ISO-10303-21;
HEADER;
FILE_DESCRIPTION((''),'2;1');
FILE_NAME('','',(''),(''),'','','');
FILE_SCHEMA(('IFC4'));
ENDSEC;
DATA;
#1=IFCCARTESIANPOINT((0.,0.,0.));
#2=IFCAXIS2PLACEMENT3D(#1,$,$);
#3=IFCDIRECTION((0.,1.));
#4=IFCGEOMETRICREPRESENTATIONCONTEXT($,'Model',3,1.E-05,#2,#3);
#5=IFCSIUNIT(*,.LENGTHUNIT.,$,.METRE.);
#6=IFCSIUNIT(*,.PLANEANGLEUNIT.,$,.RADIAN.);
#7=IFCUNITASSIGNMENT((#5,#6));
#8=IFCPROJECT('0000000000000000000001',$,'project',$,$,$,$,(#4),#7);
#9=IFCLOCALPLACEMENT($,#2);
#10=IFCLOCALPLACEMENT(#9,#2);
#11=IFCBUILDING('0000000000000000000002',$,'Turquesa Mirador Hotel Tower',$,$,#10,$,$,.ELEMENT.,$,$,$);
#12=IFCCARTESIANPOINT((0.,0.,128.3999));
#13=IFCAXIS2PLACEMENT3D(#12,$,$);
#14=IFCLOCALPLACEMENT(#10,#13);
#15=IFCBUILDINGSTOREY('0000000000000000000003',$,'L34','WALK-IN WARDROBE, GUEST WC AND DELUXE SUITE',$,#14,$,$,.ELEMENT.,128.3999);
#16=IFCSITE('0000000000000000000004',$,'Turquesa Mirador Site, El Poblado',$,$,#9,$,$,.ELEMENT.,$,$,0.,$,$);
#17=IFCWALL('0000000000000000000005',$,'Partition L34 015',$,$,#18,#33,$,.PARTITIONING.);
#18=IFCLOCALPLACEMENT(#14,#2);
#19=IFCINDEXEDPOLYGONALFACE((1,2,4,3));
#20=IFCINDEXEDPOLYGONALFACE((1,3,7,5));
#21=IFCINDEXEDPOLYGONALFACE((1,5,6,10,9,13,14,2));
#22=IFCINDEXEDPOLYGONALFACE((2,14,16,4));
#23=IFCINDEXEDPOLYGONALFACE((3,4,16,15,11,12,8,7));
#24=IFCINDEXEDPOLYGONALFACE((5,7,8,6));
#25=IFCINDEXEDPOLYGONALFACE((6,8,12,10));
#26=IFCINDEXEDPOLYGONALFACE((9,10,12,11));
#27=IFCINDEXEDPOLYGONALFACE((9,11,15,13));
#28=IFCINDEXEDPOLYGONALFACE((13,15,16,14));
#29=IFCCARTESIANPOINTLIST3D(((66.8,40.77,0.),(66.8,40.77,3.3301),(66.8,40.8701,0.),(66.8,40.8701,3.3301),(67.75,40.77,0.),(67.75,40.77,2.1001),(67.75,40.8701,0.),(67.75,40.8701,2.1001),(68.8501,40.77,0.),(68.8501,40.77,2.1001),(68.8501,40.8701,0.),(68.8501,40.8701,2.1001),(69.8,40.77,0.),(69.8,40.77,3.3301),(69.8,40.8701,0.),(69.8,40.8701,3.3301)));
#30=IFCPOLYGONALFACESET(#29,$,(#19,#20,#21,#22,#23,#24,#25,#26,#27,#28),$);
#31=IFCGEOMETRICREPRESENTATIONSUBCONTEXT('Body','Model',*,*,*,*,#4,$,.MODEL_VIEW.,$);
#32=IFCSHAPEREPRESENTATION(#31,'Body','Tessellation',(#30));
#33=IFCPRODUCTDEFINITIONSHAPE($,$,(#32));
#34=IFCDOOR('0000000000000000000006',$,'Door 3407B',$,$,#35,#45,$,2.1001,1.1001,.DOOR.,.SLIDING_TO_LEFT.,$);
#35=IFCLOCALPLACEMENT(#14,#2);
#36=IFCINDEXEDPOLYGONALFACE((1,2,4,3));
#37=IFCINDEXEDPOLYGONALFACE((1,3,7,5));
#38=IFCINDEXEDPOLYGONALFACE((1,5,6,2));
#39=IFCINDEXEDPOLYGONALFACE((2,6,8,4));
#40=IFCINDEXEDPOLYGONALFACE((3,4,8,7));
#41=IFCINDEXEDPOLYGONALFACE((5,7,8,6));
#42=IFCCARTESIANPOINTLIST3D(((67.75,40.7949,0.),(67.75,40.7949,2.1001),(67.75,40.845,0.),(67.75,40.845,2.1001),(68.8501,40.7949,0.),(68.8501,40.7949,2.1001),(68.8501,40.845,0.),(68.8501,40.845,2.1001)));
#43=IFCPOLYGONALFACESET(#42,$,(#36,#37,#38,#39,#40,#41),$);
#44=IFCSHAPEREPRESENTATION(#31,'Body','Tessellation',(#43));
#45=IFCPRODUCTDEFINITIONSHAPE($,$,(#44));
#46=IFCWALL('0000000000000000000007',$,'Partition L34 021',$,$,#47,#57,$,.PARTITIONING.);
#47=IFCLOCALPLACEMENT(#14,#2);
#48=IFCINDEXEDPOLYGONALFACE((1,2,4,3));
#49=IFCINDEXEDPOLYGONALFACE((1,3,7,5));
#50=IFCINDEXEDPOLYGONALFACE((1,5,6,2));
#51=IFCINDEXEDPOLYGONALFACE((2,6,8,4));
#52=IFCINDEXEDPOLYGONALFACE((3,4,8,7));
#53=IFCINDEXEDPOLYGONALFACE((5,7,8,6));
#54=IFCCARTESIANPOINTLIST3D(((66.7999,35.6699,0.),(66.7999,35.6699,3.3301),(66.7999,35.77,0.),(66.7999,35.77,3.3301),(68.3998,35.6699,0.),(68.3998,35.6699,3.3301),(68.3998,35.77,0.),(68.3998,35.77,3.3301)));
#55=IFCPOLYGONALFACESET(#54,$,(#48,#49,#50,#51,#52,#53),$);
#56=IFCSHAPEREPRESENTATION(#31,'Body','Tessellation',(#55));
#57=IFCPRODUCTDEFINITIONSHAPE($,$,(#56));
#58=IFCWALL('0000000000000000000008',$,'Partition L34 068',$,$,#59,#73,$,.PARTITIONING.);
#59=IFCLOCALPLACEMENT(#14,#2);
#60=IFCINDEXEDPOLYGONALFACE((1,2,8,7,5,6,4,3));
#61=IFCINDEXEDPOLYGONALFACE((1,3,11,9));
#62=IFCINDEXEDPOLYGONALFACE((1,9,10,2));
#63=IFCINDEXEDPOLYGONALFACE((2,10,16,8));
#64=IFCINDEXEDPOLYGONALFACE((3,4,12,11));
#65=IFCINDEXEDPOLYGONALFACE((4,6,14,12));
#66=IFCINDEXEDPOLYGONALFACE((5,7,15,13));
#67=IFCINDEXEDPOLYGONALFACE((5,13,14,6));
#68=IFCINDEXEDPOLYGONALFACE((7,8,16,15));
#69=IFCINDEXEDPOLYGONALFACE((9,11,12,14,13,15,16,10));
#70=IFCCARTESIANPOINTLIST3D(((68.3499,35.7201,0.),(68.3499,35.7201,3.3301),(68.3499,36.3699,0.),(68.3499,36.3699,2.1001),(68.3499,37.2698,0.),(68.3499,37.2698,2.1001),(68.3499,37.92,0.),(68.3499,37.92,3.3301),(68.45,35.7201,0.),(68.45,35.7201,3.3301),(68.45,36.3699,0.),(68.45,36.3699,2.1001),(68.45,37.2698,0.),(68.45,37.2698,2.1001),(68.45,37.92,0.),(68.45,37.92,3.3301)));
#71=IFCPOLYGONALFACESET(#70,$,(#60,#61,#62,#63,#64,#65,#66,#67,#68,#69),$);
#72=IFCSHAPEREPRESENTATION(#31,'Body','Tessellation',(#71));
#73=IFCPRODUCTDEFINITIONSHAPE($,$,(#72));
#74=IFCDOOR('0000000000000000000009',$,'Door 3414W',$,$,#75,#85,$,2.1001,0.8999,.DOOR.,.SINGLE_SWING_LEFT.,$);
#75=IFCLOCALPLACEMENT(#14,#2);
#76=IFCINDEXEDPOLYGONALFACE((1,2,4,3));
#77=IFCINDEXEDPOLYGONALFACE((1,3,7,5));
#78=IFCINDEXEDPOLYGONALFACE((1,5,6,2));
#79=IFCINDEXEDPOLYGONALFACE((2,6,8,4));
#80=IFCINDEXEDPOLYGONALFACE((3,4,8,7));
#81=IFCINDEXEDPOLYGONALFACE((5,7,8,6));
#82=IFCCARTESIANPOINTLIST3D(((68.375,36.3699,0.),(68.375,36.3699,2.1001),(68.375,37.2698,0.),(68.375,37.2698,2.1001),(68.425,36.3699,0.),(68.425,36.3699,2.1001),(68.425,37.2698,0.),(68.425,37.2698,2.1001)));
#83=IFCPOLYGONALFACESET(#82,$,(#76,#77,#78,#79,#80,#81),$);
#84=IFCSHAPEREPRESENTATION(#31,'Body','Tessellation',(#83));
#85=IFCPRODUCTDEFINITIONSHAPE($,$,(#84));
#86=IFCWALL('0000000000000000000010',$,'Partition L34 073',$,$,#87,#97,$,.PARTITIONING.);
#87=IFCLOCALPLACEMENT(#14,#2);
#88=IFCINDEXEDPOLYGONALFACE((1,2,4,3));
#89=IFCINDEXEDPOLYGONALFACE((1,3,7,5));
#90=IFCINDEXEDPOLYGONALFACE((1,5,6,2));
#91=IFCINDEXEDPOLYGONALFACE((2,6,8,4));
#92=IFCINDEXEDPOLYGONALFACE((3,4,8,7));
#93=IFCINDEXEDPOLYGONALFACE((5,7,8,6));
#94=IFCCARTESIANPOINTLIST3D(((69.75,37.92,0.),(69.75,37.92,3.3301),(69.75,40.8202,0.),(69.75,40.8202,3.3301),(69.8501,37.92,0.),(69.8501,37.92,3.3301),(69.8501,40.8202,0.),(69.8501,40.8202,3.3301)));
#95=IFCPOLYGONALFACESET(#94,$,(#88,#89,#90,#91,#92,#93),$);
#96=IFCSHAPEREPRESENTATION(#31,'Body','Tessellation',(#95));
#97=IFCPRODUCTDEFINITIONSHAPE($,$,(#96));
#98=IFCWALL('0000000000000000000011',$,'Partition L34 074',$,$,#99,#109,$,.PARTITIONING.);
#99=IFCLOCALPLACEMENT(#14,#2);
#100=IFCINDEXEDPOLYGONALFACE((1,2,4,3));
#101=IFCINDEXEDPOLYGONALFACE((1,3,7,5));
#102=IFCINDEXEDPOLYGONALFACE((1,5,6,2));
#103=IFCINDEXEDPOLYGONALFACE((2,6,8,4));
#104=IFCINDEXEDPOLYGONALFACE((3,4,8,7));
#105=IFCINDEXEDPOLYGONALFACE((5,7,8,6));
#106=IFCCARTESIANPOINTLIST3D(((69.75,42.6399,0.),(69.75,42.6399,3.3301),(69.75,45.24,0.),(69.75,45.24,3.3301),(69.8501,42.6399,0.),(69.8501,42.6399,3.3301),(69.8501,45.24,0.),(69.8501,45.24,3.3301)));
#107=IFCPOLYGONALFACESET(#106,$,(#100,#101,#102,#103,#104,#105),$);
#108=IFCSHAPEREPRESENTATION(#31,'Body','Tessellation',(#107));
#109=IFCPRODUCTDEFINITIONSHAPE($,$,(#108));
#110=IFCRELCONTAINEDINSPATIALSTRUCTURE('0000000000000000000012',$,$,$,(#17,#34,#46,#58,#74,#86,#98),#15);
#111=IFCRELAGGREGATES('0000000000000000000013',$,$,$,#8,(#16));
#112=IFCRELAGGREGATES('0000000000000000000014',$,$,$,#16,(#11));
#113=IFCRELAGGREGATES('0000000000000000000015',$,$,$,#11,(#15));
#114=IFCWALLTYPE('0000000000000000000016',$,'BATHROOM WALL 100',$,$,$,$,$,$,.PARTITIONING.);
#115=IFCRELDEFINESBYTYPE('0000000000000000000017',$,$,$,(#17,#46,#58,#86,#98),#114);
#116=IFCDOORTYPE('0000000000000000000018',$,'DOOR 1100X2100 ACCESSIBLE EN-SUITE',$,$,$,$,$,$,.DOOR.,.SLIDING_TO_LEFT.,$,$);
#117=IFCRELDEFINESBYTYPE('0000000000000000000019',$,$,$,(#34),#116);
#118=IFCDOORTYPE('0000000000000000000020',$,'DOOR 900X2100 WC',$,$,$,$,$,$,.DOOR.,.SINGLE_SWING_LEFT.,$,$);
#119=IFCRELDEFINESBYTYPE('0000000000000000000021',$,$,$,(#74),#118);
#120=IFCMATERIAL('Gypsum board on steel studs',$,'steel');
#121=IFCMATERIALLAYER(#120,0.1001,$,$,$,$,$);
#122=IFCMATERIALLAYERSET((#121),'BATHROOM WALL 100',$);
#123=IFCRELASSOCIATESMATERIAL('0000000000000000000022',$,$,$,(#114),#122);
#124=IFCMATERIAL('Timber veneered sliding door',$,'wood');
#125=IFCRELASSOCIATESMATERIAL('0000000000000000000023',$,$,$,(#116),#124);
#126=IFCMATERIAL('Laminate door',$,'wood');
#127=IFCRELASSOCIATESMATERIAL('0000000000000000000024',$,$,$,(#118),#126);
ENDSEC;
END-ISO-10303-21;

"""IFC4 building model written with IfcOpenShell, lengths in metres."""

from ifc_helpers import new_model, si_unit, direction, frame, frame_2d, origin, place, context, subcontext, project, spatial, rectangle, extrude, material, layer, layer_set, type_object, element, fill, save


model = new_model("IFC4")

# Units and contexts
model_context = context("Model", 3, precision=1e-05, world=origin(), true_north=direction((0.0, 1.0)))
body_context = subcontext(model_context, "Body", "Model", "MODEL_VIEW")
ifc_project = project(units=[si_unit("LENGTHUNIT", "METRE"), si_unit("PLANEANGLEUNIT", "RADIAN")], contexts=[model_context])

# Site, building, storey
site_placement = place(None, origin())
site = spatial("IfcSite", under=ifc_project, at=site_placement, Name="Turquesa Mirador Site, El Poblado", CompositionType="ELEMENT", RefElevation=0.0)
building_placement = place(site_placement, origin())
building = spatial("IfcBuilding", under=site, at=building_placement, Name="Turquesa Mirador Hotel Tower", CompositionType="ELEMENT")
storey_placement = place(building_placement, frame((0.0, 0.0, 128.3999)))
storey = spatial("IfcBuildingStorey", under=building, at=storey_placement, Name="L34", Description="WALK-IN WARDROBE, GUEST WC AND DELUXE SUITE", CompositionType="ELEMENT", Elevation=128.3999)

# Wall, opening, door
ifc_material_1 = material(Name="Gypsum board on steel studs", Category="steel")
ifc_layer_1 = layer(ifc_material_1, 0.1001)
ifc_layer_set_1 = layer_set([ifc_layer_1], Name="BATHROOM WALL 100")
wall_type_1 = type_object("IfcWallType", Name="BATHROOM WALL 100", PredefinedType="PARTITIONING", material=ifc_layer_set_1)
wall_1_placement = place(storey_placement, frame((66.8, 40.8201, 0.0), z_axis=(0.0, 0.0, 1.0), x_axis=(1.0, 0.0, 0.0)))
wall_1 = element("IfcWall", 1, at=wall_1_placement, inside=storey, type_object=wall_type_1, Name="Partition L34 015", PredefinedType="PARTITIONING", context=body_context, shape_type="SweptSolid", body=[
    extrude(rectangle(XDim=3.0, YDim=0.1001, at=frame_2d((1.5, 0.0))), origin(), (0.0, 0.0, 1.0), 3.3301),
])
opening_1_placement = place(wall_1_placement, frame((0.95, 0.0, 0.0)))
opening_1 = element("IfcOpeningElement", 2, at=opening_1_placement, cuts=wall_1, PredefinedType="OPENING", context=body_context, shape_type="SweptSolid", body=[
    extrude(rectangle(XDim=1.1001, YDim=2.1001, at=frame_2d((0.55, 1.05))), frame((0.0, 0.0601, 0.0), z_axis=(0.0, -1.0, 0.0), x_axis=(1.0, 0.0, 0.0)), (0.0, 0.0, 1.0), 0.1201),
])
ifc_material_2 = material(Name="Timber veneered sliding door", Category="wood")
door_type_1 = type_object("IfcDoorType", Name="DOOR 1100X2100 ACCESSIBLE EN-SUITE", OperationType="SLIDING_TO_LEFT", PredefinedType="DOOR", material=ifc_material_2)
door_1_placement = place(opening_1_placement, origin())
door_1 = element("IfcDoor", 3, at=door_1_placement, inside=storey, type_object=door_type_1, Name="Door 3407B", OperationType="SLIDING_TO_LEFT", OverallHeight=2.1001, OverallWidth=1.1001, PredefinedType="DOOR", context=body_context, shape_type="SweptSolid", body=[
    extrude(rectangle(XDim=1.1001, YDim=2.1001, at=frame_2d((0.55, 1.05))), frame((0.0, 0.0249, 0.0), z_axis=(0.0, -1.0, 0.0), x_axis=(1.0, 0.0, 0.0)), (0.0, 0.0, 1.0), 0.05),
])
fill(opening_1, door_1)

# Wall
wall_2_placement = place(storey_placement, frame((66.8, 35.72, 0.0), z_axis=(0.0, 0.0, 1.0), x_axis=(1.0, 0.0, 0.0)))
element("IfcWall", 4, at=wall_2_placement, inside=storey, type_object=wall_type_1, Name="Partition L34 021", PredefinedType="PARTITIONING", context=body_context, shape_type="SweptSolid", body=[
    extrude(rectangle(XDim=1.5999, YDim=0.1001, at=frame_2d((0.7998, 0.0))), origin(), (0.0, 0.0, 1.0), 3.3301),
])

# Wall, opening, door
wall_3_placement = place(storey_placement, frame((68.3999, 35.72, 0.0), z_axis=(0.0, 0.0, 1.0), x_axis=(0.0, 1.0, 0.0)))
wall_3 = element("IfcWall", 5, at=wall_3_placement, inside=storey, type_object=wall_type_1, Name="Partition L34 068", PredefinedType="PARTITIONING", context=body_context, shape_type="SweptSolid", body=[
    extrude(rectangle(XDim=2.2, YDim=0.1001, at=frame_2d((1.1001, 0.0))), origin(), (0.0, 0.0, 1.0), 3.3301),
])
opening_2_placement = place(wall_3_placement, frame((0.6499, 0.0, 0.0)))
opening_2 = element("IfcOpeningElement", 6, at=opening_2_placement, cuts=wall_3, PredefinedType="OPENING", context=body_context, shape_type="SweptSolid", body=[
    extrude(rectangle(XDim=0.8999, YDim=2.1001, at=frame_2d((0.45, 1.05))), frame((0.0, 0.0601, 0.0), z_axis=(0.0, -1.0, 0.0), x_axis=(1.0, 0.0, 0.0)), (0.0, 0.0, 1.0), 0.1201),
])
ifc_material_3 = material(Name="Laminate door", Category="wood")
door_type_2 = type_object("IfcDoorType", Name="DOOR 900X2100 WC", OperationType="SINGLE_SWING_LEFT", PredefinedType="DOOR", material=ifc_material_3)
door_2_placement = place(opening_2_placement, origin())
door_2 = element("IfcDoor", 7, at=door_2_placement, inside=storey, type_object=door_type_2, Name="Door 3414W", OperationType="SINGLE_SWING_LEFT", OverallHeight=2.1001, OverallWidth=0.8999, PredefinedType="DOOR", context=body_context, shape_type="SweptSolid", body=[
    extrude(rectangle(XDim=0.8999, YDim=2.1001, at=frame_2d((0.45, 1.05))), frame((0.0, 0.0249, 0.0), z_axis=(0.0, -1.0, 0.0), x_axis=(1.0, 0.0, 0.0)), (0.0, 0.0, 1.0), 0.05),
])
fill(opening_2, door_2)

# Walls
wall_4_placement = place(storey_placement, frame((69.8, 37.9199, 0.0), z_axis=(0.0, 0.0, 1.0), x_axis=(0.0, 1.0, 0.0)))
element("IfcWall", 8, at=wall_4_placement, inside=storey, type_object=wall_type_1, Name="Partition L34 073", PredefinedType="PARTITIONING", context=body_context, shape_type="SweptSolid", body=[
    extrude(rectangle(XDim=2.9001, YDim=0.1001, at=frame_2d((1.4502, 0.0))), origin(), (0.0, 0.0, 1.0), 3.3301),
])
wall_5_placement = place(storey_placement, frame((69.8, 42.6399, 0.0), z_axis=(0.0, 0.0, 1.0), x_axis=(0.0, 1.0, 0.0)))
element("IfcWall", 9, at=wall_5_placement, inside=storey, type_object=wall_type_1, Name="Partition L34 074", PredefinedType="PARTITIONING", context=body_context, shape_type="SweptSolid", body=[
    extrude(rectangle(XDim=2.6001, YDim=0.1001, at=frame_2d((1.3, 0.0))), origin(), (0.0, 0.0, 1.0), 3.3301),
])

save(model, "model.ifc")
